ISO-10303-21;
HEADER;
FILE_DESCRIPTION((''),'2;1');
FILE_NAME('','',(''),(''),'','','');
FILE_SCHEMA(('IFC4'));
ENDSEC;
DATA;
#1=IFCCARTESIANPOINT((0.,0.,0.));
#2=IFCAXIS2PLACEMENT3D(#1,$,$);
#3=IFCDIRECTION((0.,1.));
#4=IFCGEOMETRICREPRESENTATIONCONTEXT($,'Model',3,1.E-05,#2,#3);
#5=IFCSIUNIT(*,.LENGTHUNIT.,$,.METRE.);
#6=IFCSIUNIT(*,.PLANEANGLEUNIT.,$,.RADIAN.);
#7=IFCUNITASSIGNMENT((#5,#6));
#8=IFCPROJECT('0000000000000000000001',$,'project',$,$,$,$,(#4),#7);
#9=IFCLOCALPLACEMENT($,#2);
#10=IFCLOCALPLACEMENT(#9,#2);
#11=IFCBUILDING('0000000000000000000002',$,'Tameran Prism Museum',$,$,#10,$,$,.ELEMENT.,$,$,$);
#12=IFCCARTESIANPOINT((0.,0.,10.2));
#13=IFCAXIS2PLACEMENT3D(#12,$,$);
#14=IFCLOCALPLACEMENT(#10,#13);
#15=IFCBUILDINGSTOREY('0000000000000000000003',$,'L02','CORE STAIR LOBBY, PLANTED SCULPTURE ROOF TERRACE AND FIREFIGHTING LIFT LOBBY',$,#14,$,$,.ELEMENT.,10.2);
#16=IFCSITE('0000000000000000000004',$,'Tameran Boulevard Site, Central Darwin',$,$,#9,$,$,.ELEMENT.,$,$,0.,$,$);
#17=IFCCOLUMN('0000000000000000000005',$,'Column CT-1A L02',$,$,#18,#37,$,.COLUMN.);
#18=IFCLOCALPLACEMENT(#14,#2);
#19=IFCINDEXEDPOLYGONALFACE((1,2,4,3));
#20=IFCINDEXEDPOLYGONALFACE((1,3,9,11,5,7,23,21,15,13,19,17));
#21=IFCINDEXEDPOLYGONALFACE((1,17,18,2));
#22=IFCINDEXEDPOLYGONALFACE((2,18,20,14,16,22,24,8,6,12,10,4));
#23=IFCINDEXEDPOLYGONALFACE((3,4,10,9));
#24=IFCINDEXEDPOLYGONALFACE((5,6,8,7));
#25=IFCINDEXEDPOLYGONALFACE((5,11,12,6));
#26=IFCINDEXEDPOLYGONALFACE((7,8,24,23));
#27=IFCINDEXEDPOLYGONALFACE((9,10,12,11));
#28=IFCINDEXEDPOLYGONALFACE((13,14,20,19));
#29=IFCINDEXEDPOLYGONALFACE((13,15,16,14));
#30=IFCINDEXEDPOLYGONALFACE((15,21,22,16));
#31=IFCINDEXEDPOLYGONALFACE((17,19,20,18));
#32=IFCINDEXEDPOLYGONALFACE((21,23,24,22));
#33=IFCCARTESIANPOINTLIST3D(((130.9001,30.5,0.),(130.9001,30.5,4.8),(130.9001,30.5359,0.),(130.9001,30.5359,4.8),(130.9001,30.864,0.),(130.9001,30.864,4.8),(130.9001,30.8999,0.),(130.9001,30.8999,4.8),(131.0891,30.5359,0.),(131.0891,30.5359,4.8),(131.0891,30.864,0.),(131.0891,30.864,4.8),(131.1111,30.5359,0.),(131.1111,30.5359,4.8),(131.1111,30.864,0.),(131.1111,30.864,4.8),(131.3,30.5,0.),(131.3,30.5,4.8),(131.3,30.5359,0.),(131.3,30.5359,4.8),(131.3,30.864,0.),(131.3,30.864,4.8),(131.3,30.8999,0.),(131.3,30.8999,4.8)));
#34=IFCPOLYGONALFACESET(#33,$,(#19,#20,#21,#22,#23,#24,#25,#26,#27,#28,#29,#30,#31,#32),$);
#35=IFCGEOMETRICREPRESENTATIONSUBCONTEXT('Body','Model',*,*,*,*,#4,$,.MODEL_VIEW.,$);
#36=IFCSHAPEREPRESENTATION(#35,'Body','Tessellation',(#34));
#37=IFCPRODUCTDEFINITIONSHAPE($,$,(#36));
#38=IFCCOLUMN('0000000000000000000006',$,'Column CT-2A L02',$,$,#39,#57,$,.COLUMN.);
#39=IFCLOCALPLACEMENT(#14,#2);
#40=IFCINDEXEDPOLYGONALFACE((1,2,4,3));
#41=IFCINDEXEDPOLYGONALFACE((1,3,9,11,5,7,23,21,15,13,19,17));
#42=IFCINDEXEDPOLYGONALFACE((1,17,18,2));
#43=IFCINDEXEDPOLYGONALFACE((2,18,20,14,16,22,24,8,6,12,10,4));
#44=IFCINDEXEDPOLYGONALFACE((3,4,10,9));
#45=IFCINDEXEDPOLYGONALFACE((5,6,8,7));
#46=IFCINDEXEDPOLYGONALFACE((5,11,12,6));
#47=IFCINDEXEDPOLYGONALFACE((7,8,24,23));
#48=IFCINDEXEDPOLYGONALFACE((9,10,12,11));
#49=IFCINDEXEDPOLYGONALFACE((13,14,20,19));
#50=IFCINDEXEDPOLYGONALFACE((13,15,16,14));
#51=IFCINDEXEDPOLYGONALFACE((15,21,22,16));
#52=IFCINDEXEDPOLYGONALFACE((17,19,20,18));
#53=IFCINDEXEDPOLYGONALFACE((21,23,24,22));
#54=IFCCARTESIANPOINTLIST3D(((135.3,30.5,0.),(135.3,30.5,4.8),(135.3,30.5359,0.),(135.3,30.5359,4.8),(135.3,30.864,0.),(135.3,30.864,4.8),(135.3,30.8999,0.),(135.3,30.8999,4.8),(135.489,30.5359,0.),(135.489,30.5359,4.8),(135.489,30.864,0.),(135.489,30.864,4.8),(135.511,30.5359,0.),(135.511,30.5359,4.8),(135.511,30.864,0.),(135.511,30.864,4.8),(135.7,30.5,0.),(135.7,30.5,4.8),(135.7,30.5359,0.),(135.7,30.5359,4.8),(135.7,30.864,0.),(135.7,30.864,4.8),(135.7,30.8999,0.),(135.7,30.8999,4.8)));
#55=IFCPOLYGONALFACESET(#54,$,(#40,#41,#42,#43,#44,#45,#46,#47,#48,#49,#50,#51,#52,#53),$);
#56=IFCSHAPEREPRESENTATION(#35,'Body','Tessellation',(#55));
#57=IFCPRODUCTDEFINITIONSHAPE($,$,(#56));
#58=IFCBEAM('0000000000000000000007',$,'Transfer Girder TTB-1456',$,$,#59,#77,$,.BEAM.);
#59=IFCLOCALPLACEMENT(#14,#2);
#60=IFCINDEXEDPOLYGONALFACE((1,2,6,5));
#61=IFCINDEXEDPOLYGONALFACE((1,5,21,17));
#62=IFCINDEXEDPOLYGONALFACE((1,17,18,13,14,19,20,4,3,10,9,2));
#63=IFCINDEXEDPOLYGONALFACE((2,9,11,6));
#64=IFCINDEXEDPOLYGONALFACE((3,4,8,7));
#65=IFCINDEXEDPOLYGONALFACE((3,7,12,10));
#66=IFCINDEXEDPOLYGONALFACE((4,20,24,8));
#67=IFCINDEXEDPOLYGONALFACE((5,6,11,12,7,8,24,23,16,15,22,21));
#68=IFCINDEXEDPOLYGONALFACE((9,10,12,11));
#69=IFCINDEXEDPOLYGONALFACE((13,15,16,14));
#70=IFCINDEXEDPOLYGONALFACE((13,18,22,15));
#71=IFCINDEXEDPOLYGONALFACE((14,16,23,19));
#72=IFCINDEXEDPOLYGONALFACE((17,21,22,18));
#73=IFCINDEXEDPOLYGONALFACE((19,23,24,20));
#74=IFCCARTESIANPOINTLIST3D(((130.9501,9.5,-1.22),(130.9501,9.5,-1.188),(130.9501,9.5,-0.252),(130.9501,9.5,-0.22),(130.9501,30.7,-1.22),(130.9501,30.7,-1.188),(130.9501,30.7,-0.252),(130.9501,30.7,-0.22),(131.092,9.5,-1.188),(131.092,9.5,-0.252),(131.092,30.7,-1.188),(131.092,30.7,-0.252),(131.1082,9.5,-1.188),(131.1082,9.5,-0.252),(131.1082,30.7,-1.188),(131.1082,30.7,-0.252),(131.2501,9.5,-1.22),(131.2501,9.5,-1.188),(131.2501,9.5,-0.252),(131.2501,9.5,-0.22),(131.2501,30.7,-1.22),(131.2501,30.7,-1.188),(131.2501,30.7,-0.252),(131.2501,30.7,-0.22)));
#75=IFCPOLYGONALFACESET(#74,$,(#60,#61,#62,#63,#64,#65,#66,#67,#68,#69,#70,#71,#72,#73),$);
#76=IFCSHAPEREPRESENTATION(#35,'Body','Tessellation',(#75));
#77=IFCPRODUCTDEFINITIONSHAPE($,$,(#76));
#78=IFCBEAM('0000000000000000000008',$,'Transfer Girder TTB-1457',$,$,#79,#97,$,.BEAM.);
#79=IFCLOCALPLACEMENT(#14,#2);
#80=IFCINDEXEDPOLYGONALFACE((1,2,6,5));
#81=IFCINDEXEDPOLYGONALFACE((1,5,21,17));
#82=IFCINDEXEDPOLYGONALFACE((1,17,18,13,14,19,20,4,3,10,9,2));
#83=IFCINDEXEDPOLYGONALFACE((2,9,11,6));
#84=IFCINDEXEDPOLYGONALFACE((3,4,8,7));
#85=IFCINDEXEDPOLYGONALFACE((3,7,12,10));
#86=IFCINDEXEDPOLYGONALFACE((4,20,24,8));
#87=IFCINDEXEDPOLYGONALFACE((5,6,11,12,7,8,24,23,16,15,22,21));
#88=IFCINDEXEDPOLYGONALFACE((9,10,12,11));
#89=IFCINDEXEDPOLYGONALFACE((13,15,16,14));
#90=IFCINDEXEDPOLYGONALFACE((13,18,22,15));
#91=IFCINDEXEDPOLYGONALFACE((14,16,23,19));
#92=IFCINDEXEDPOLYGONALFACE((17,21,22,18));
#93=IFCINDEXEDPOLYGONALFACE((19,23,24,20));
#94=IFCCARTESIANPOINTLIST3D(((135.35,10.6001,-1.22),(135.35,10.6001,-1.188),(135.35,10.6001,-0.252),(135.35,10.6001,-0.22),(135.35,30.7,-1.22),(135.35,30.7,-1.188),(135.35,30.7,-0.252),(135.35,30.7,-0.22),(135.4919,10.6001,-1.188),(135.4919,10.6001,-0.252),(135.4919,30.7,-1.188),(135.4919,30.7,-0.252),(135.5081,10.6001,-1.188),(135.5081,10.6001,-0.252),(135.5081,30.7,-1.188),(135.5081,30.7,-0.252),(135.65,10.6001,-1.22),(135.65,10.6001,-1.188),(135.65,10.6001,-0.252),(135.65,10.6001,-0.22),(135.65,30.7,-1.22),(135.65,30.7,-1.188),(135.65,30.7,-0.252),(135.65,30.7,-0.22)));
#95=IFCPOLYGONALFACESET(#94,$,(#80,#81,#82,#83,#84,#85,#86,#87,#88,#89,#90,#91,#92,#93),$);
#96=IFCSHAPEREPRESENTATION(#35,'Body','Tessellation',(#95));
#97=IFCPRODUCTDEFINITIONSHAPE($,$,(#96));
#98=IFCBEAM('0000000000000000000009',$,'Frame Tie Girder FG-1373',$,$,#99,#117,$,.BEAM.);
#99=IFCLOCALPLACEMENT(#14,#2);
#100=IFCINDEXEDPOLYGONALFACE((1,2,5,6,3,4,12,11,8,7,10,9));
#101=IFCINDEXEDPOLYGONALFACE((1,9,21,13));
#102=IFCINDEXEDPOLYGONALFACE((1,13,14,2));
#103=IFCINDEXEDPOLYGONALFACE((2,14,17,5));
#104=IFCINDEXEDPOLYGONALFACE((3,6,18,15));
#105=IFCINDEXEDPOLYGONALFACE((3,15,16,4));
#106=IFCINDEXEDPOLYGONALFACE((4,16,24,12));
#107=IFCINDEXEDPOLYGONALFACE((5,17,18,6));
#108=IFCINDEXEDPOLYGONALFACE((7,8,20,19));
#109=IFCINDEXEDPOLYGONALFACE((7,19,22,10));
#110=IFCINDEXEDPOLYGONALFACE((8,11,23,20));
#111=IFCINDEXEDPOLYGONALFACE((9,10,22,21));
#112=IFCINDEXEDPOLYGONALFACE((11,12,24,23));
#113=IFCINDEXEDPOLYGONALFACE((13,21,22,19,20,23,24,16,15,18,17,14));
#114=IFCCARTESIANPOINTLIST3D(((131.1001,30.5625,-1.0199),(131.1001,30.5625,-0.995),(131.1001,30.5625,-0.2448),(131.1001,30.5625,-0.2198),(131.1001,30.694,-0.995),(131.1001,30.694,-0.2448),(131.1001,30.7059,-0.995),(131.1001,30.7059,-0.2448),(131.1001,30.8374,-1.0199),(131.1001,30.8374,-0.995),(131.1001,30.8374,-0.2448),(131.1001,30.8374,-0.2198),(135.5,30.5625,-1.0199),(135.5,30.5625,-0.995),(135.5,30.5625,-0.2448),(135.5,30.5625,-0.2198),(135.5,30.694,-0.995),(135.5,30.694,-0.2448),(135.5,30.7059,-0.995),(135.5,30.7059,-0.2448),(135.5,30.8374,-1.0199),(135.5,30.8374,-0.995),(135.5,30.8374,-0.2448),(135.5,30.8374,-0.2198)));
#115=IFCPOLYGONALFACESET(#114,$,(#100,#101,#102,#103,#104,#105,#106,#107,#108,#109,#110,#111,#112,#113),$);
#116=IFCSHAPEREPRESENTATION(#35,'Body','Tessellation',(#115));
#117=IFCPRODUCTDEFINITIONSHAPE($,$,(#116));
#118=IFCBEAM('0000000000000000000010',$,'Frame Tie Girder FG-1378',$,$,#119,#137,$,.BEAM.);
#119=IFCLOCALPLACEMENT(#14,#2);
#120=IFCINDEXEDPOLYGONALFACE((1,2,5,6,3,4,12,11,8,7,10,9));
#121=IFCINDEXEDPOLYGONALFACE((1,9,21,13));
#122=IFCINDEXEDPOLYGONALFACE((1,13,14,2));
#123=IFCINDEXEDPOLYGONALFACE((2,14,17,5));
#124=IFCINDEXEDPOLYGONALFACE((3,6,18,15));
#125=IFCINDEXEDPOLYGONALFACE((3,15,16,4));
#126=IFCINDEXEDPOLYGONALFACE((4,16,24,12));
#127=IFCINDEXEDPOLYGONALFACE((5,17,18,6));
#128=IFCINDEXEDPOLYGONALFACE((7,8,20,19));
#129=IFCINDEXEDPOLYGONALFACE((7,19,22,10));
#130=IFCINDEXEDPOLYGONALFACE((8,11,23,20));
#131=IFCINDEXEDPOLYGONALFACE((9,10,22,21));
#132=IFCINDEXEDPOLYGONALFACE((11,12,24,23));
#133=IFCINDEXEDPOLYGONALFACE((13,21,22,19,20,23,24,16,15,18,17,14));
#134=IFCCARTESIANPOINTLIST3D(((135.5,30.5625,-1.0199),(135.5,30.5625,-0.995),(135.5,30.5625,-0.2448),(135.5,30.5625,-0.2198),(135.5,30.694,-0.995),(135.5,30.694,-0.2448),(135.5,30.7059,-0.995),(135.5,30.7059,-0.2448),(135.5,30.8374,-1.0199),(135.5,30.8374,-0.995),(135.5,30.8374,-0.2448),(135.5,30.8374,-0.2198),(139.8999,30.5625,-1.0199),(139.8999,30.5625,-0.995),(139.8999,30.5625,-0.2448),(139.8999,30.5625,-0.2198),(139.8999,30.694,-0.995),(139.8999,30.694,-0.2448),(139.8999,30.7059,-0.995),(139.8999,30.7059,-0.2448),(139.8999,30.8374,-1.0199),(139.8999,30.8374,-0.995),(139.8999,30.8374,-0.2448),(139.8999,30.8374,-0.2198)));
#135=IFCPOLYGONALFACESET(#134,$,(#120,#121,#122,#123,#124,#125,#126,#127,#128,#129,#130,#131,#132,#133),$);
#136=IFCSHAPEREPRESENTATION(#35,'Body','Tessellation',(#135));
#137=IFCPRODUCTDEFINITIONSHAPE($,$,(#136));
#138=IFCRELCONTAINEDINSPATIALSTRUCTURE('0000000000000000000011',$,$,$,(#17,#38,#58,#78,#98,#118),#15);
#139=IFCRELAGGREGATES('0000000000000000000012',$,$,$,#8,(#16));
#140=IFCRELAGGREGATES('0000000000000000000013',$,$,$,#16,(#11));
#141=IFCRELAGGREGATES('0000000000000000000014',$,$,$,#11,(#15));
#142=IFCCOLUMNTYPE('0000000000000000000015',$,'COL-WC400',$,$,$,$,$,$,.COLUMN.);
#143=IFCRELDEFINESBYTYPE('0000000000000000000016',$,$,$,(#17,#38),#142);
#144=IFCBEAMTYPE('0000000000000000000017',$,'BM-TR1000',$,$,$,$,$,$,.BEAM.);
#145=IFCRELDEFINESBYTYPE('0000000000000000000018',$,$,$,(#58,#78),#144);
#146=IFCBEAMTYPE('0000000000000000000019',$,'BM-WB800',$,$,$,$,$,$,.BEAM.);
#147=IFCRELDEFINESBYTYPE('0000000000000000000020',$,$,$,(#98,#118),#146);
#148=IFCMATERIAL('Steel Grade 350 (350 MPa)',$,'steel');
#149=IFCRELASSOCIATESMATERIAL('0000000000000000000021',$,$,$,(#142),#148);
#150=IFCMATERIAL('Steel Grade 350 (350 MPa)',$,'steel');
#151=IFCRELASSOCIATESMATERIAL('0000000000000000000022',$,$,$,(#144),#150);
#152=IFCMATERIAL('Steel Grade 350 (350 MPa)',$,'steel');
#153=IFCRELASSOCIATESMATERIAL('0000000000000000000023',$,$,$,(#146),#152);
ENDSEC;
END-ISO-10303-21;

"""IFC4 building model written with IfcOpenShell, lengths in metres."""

from ifc_helpers import new_model, si_unit, direction, frame, origin, origin_2d, place, context, subcontext, project, spatial, i_section, extrude, material, material_profile, profile_set, type_object, element, save


model = new_model("IFC4")

# Units and contexts
model_context = context("Model", 3, precision=1e-05, world=origin(), true_north=direction((0.0, 1.0)))
body_context = subcontext(model_context, "Body", "Model", "MODEL_VIEW")
ifc_project = project(units=[si_unit("LENGTHUNIT", "METRE"), si_unit("PLANEANGLEUNIT", "RADIAN")], contexts=[model_context])

# Site, building, storey
site_placement = place(None, origin())
site = spatial("IfcSite", under=ifc_project, at=site_placement, Name="Tameran Boulevard Site, Central Darwin", CompositionType="ELEMENT", RefElevation=0.0)
building_placement = place(site_placement, origin())
building = spatial("IfcBuilding", under=site, at=building_placement, Name="Tameran Prism Museum", CompositionType="ELEMENT")
storey_placement = place(building_placement, frame((0.0, 0.0, 10.2)))
storey = spatial("IfcBuildingStorey", under=building, at=storey_placement, Name="L02", Description="CORE STAIR LOBBY, PLANTED SCULPTURE ROOF TERRACE AND FIREFIGHTING LIFT LOBBY", CompositionType="ELEMENT", Elevation=10.2)

# Columns
ifc_material_1 = material(Name="Steel Grade 350 (350 MPa)", Category="steel")
ifc_material_profile_1 = material_profile(ifc_material_1, i_section(OverallWidth=0.3999, OverallDepth=0.3999, WebThickness=0.022, FlangeThickness=0.0359, at=origin_2d()))
ifc_profile_set_1 = profile_set([ifc_material_profile_1])
column_type = type_object("IfcColumnType", Name="COL-WC400", PredefinedType="COLUMN", material=ifc_profile_set_1)
for number, where, z_axis, x_axis, name in (
    (1, (131.1001, 30.7, 0.0), (0.0, 0.0, 1.0), (1.0, 0.0, 0.0), "Column CT-1A L02"),
    (2, (135.5, 30.7, 0.0), (0.0, 0.0, 1.0), (1.0, 0.0, 0.0), "Column CT-2A L02"),
):
    element("IfcColumn", number, at=place(storey_placement, frame(where, z_axis=z_axis, x_axis=x_axis)), inside=storey, type_object=column_type, Name=name, PredefinedType="COLUMN", context=body_context, shape_type="SweptSolid", body=[
        extrude(i_section(OverallWidth=0.3999, OverallDepth=0.3999, WebThickness=0.022, FlangeThickness=0.0359, at=origin_2d()), origin(), (0.0, 0.0, 1.0), 4.8),
    ])

# Beams
ifc_material_2 = material(Name="Steel Grade 350 (350 MPa)", Category="steel")
ifc_material_profile_2 = material_profile(ifc_material_2, i_section(OverallWidth=0.3, OverallDepth=1.0, WebThickness=0.0161, FlangeThickness=0.032, at=origin_2d()))
ifc_profile_set_2 = profile_set([ifc_material_profile_2])
beam_type_1 = type_object("IfcBeamType", Name="BM-TR1000", PredefinedType="BEAM", material=ifc_profile_set_2)
beam_1_placement = place(storey_placement, frame((131.1001, 30.7, -0.72), z_axis=(0.0, -1.0, 0.0), x_axis=(1.0, 0.0, 0.0)))
element("IfcBeam", 3, at=beam_1_placement, inside=storey, type_object=beam_type_1, Name="Transfer Girder TTB-1456", PredefinedType="BEAM", context=body_context, shape_type="SweptSolid", body=[
    extrude(i_section(OverallWidth=0.3, OverallDepth=1.0, WebThickness=0.0161, FlangeThickness=0.032, at=origin_2d()), origin(), (0.0, 0.0, 1.0), 21.2),
])
beam_2_placement = place(storey_placement, frame((135.5, 30.7, -0.72), z_axis=(0.0, -1.0, 0.0), x_axis=(1.0, 0.0, 0.0)))
element("IfcBeam", 4, at=beam_2_placement, inside=storey, type_object=beam_type_1, Name="Transfer Girder TTB-1457", PredefinedType="BEAM", context=body_context, shape_type="SweptSolid", body=[
    extrude(i_section(OverallWidth=0.3, OverallDepth=1.0, WebThickness=0.0161, FlangeThickness=0.032, at=origin_2d()), origin(), (0.0, 0.0, 1.0), 20.0999),
])
ifc_material_3 = material(Name="Steel Grade 350 (350 MPa)", Category="steel")
ifc_material_profile_3 = material_profile(ifc_material_3, i_section(OverallWidth=0.2749, OverallDepth=0.8, WebThickness=0.012, FlangeThickness=0.0249, at=origin_2d()))
ifc_profile_set_3 = profile_set([ifc_material_profile_3])
beam_type_2 = type_object("IfcBeamType", Name="BM-WB800", PredefinedType="BEAM", material=ifc_profile_set_3)
for number, where, z_axis, x_axis, name in (
    (5, (131.1001, 30.7, -0.6199), (1.0, 0.0, 0.0), (0.0, 1.0, 0.0), "Frame Tie Girder FG-1373"),
    (6, (135.5, 30.7, -0.6199), (1.0, 0.0, 0.0), (0.0, 1.0, 0.0), "Frame Tie Girder FG-1378"),
):
    element("IfcBeam", number, at=place(storey_placement, frame(where, z_axis=z_axis, x_axis=x_axis)), inside=storey, type_object=beam_type_2, Name=name, PredefinedType="BEAM", context=body_context, shape_type="SweptSolid", body=[
        extrude(i_section(OverallWidth=0.2749, OverallDepth=0.8, WebThickness=0.012, FlangeThickness=0.0249, at=origin_2d()), origin(), (0.0, 0.0, 1.0), 4.3999),
    ])

save(model, "model.ifc")
